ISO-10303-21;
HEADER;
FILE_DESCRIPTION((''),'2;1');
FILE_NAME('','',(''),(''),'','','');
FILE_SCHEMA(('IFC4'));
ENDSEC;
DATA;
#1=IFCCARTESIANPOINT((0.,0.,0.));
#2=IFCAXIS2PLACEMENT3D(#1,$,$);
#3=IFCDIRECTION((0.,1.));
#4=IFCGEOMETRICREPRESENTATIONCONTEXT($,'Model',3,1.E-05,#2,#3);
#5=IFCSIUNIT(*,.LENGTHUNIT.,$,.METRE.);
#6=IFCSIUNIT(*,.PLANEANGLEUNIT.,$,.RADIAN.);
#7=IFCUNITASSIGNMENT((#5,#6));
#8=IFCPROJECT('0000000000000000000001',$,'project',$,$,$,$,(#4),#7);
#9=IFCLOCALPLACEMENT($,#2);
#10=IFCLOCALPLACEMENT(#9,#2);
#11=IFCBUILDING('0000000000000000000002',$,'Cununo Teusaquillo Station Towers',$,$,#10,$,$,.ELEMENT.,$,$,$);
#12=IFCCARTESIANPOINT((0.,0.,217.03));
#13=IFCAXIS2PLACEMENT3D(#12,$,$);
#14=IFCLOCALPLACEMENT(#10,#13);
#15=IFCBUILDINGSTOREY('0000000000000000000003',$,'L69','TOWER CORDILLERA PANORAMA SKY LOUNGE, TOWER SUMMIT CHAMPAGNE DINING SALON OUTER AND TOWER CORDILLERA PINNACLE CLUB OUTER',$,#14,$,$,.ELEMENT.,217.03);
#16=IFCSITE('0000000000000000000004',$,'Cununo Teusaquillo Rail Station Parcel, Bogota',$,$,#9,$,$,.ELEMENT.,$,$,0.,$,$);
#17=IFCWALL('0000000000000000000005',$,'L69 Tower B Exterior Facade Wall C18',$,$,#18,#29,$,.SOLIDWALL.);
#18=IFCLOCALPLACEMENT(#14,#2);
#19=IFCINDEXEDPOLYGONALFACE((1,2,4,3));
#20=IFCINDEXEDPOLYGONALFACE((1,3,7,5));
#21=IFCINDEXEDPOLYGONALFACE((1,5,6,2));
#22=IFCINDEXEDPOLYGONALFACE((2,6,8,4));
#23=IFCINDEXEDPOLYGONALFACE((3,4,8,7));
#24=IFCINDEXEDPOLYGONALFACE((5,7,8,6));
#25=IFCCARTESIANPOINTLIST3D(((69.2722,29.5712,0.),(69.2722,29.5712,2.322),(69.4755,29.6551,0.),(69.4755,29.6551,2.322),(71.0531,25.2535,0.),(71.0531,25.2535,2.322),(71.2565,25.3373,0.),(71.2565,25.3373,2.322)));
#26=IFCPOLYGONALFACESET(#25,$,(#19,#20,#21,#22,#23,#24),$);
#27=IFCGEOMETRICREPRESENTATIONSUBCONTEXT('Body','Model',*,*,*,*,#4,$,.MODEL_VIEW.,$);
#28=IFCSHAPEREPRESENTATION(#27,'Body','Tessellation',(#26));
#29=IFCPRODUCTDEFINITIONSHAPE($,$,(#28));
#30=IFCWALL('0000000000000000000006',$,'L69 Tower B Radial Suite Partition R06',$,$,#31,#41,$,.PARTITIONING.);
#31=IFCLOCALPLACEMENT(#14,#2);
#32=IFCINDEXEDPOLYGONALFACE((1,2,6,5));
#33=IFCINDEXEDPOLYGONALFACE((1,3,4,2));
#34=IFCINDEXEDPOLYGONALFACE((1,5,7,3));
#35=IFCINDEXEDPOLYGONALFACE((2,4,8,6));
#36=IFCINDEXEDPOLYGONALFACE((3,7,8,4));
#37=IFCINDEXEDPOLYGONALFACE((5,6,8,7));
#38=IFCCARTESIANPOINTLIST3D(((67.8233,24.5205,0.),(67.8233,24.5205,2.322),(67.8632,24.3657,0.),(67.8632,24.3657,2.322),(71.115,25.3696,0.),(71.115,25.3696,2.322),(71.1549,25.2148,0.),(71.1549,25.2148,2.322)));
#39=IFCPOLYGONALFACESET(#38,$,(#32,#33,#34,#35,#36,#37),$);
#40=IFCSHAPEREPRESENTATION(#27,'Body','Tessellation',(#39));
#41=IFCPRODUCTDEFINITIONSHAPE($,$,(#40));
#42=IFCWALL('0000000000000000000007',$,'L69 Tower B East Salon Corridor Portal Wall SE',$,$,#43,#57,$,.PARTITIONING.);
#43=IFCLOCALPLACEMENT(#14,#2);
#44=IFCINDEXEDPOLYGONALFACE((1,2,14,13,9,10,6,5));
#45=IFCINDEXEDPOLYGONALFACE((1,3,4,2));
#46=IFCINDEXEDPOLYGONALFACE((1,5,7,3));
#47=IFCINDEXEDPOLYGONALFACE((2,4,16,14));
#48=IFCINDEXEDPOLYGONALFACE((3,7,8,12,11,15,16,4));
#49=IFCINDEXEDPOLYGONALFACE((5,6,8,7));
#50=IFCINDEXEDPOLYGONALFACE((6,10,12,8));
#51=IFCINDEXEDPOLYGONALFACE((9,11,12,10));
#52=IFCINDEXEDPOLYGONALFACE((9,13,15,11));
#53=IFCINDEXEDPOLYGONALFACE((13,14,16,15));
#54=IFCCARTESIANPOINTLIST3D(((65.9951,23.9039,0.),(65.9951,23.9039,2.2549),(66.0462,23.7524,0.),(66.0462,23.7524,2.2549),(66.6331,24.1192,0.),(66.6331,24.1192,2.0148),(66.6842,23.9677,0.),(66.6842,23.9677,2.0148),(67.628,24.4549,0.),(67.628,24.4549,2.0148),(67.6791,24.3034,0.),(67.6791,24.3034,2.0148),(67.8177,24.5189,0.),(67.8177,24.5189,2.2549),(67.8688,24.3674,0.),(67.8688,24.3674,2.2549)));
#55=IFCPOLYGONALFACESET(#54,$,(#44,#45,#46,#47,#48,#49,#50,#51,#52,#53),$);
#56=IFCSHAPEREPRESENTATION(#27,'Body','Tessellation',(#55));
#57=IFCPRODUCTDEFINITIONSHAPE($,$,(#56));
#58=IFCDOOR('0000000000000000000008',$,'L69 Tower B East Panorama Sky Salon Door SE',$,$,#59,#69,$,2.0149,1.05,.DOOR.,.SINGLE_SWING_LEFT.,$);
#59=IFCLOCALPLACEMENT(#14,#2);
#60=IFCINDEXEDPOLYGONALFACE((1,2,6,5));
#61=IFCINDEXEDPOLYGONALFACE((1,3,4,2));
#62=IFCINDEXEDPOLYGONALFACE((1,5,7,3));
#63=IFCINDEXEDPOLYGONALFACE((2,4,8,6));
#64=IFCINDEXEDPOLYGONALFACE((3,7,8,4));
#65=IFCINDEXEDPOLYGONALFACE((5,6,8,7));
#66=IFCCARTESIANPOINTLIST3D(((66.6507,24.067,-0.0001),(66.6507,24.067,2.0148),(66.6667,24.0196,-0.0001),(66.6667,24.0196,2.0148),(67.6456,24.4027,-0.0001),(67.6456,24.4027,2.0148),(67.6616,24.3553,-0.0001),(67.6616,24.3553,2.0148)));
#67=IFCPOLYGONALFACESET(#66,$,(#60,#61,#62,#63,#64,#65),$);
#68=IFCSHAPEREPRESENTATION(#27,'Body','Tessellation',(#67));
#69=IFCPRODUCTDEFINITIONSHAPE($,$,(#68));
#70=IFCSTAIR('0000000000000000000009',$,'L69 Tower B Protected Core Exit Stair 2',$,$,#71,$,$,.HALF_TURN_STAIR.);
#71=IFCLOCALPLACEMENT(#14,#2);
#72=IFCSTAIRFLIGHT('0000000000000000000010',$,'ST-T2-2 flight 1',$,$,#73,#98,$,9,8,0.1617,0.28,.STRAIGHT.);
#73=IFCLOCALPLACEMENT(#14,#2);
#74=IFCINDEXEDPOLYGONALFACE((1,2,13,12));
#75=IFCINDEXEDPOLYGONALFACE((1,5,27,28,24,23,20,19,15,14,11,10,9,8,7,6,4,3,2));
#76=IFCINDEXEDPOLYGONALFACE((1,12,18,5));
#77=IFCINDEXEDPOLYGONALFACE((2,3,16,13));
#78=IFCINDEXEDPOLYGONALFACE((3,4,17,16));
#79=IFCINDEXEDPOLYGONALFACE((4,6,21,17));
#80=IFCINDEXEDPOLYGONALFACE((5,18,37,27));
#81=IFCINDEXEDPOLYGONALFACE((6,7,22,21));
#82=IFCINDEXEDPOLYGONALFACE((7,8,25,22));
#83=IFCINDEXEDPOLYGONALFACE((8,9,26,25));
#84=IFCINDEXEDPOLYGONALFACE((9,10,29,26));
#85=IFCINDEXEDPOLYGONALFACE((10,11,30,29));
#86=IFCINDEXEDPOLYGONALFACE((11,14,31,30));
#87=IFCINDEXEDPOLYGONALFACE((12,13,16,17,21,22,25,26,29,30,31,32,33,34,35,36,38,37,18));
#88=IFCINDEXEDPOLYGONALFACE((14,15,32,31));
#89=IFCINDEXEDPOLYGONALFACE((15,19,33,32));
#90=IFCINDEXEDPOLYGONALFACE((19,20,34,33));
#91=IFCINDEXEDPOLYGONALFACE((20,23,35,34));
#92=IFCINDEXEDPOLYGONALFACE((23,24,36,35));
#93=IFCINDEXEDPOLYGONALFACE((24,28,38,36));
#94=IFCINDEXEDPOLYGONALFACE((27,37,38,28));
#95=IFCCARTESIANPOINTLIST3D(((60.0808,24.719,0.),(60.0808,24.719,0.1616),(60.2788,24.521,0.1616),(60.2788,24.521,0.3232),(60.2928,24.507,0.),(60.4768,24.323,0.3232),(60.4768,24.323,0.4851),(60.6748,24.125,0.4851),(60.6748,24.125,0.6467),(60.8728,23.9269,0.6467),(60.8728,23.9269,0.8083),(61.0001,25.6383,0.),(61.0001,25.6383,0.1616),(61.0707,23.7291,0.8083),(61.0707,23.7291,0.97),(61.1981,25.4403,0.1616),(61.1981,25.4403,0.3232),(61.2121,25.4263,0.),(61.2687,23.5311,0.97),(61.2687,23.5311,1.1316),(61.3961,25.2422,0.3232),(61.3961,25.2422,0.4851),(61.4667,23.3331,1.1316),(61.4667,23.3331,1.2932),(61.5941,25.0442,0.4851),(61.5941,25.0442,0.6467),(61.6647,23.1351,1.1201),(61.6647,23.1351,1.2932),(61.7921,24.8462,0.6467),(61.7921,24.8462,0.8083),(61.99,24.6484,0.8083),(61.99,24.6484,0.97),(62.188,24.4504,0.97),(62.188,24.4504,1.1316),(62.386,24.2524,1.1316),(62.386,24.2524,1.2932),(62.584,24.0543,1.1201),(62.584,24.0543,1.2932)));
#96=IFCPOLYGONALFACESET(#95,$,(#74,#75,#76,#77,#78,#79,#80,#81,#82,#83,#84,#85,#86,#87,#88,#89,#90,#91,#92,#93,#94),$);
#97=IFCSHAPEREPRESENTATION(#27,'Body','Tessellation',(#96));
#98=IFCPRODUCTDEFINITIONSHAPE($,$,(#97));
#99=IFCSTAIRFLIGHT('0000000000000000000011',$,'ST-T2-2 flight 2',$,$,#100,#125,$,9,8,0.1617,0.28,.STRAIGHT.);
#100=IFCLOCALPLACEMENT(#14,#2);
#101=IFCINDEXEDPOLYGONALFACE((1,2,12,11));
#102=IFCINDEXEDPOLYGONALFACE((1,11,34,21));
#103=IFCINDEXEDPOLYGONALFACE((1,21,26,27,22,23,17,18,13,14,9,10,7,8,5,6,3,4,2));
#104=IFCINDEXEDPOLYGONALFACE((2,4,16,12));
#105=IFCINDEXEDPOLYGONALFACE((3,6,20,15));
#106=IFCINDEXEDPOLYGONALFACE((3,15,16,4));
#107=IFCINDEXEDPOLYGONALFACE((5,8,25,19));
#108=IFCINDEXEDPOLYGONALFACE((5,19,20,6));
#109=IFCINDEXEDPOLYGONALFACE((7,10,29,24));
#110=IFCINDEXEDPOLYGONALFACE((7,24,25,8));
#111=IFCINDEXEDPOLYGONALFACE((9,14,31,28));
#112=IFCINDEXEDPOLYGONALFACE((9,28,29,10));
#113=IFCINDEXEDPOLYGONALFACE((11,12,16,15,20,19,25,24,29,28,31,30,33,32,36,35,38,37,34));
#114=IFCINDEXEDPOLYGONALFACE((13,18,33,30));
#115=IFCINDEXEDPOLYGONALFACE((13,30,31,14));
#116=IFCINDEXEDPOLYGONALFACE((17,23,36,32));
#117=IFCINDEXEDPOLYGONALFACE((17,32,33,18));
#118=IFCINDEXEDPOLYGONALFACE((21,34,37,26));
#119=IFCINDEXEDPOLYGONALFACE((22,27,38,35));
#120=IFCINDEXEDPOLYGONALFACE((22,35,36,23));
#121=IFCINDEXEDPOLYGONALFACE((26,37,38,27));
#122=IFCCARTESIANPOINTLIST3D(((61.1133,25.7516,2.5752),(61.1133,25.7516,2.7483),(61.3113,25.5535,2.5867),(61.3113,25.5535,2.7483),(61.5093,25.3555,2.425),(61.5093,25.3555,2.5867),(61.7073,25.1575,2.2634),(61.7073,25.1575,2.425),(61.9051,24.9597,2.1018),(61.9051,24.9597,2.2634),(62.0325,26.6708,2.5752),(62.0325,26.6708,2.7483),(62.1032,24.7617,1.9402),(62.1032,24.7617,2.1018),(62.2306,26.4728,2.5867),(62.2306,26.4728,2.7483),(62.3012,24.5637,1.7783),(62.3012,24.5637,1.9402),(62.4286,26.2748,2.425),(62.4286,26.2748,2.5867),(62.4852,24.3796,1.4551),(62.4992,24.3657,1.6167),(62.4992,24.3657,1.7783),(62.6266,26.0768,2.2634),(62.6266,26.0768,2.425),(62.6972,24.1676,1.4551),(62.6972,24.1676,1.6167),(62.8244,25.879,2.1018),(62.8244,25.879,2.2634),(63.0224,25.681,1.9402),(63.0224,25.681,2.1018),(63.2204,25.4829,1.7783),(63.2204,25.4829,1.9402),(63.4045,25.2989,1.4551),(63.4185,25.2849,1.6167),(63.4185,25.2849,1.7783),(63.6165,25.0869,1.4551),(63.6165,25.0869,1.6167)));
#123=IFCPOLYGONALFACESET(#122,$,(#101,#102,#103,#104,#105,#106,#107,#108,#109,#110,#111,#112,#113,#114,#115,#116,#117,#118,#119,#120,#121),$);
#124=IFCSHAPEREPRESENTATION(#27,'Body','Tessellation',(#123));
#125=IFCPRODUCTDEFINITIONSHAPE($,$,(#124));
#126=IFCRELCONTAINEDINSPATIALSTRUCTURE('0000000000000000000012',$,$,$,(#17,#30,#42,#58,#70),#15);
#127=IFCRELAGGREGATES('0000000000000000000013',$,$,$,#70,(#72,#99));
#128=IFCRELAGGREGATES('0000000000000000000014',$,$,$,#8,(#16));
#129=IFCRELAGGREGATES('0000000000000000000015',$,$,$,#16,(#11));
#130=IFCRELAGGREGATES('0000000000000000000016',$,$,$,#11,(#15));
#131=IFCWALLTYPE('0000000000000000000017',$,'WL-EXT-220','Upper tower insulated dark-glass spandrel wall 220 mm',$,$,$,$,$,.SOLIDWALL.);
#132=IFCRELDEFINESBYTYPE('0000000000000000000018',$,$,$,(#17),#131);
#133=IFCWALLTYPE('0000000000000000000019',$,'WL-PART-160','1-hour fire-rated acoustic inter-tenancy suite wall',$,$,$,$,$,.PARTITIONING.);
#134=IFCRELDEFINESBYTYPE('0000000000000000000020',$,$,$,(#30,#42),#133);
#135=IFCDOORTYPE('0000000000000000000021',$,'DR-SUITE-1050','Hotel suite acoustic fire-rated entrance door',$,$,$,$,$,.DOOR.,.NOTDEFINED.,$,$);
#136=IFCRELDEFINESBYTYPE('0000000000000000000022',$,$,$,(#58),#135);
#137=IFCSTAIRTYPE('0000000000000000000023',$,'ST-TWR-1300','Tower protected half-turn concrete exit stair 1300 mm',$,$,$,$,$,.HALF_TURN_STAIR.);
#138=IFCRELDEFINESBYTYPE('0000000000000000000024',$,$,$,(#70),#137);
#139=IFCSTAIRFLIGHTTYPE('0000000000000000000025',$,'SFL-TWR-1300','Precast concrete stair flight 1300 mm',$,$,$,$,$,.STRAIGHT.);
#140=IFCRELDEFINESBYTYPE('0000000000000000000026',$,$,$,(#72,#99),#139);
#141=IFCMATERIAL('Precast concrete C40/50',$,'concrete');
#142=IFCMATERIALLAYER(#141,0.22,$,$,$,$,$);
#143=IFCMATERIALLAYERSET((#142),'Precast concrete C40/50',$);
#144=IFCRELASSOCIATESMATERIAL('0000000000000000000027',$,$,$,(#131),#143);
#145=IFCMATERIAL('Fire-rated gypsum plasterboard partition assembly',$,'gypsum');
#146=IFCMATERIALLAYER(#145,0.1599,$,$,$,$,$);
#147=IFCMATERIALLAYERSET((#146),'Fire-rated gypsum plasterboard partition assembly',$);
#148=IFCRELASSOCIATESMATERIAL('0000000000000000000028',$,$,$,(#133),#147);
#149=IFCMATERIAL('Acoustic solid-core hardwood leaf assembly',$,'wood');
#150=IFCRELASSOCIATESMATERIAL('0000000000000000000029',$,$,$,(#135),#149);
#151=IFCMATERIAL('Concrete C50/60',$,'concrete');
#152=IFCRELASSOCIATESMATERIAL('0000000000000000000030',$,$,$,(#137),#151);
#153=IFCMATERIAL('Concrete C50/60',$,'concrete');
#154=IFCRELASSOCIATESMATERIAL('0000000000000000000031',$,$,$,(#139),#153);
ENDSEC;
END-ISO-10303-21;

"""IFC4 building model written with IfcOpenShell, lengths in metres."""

from ifc_helpers import new_model, si_unit, direction, frame, frame_2d, origin, place, context, subcontext, project, spatial, polyline, rectangle, outline, extrude, source, transform, mapped, material, layer, layer_set, type_object, element, fill, aggregate, save


model = new_model("IFC4")

# Units and contexts
model_context = context("Model", 3, precision=1e-05, world=origin(), true_north=direction((0.0, 1.0)))
body_context = subcontext(model_context, "Body", "Model", "MODEL_VIEW")
ifc_project = project(units=[si_unit("LENGTHUNIT", "METRE"), si_unit("PLANEANGLEUNIT", "RADIAN")], contexts=[model_context])

# Site, building, storey
site_placement = place(None, origin())
site = spatial("IfcSite", under=ifc_project, at=site_placement, Name="Cununo Teusaquillo Rail Station Parcel, Bogota", CompositionType="ELEMENT", RefElevation=0.0)
building_placement = place(site_placement, origin())
building = spatial("IfcBuilding", under=site, at=building_placement, Name="Cununo Teusaquillo Station Towers", CompositionType="ELEMENT")
storey_placement = place(building_placement, frame((0.0, 0.0, 217.03)))
storey = spatial("IfcBuildingStorey", under=building, at=storey_placement, Name="L69", Description="TOWER CORDILLERA PANORAMA SKY LOUNGE, TOWER SUMMIT CHAMPAGNE DINING SALON OUTER AND TOWER CORDILLERA PINNACLE CLUB OUTER", CompositionType="ELEMENT", Elevation=217.03)

# Shared definitions
ifc_material_1 = material(Name="Precast concrete C40/50", Category="concrete")
ifc_layer_1 = layer(ifc_material_1, 0.22)
ifc_layer_set_1 = layer_set([ifc_layer_1], Name="Precast concrete C40/50")
wall_type_1 = type_object("IfcWallType", Name="WL-EXT-220", Description="Upper tower insulated dark-glass spandrel wall 220 mm", PredefinedType="SOLIDWALL", material=ifc_layer_set_1)

# Walls
wall_1_placement = place(storey_placement, frame((69.3738, 29.6133, 0.0), z_axis=(0.0, 0.0, 1.0), x_axis=(0.38131, -0.924447, 0.0)))
element("IfcWall", 1, at=wall_1_placement, inside=storey, type_object=wall_type_1, Name="L69 Tower B Exterior Facade Wall C18", PredefinedType="SOLIDWALL", context=body_context, shape_type="SweptSolid", body=[
    extrude(rectangle(XDim=4.6707, YDim=0.22, at=frame_2d((2.3354, 0.0))), origin(), (0.0, 0.0, 1.0), 2.322),
])
ifc_material_2 = material(Name="Fire-rated gypsum plasterboard partition assembly", Category="gypsum")
ifc_layer_2 = layer(ifc_material_2, 0.1599)
ifc_layer_set_2 = layer_set([ifc_layer_2], Name="Fire-rated gypsum plasterboard partition assembly")
wall_type_2 = type_object("IfcWallType", Name="WL-PART-160", Description="1-hour fire-rated acoustic inter-tenancy suite wall", PredefinedType="PARTITIONING", material=ifc_layer_set_2)
wall_2_placement = place(storey_placement, frame((67.8433, 24.4431, 0.0), z_axis=(0.0, 0.0, 1.0), x_axis=(0.968303, 0.249778, 0.0)))
element("IfcWall", 2, at=wall_2_placement, inside=storey, type_object=wall_type_2, Name="L69 Tower B Radial Suite Partition R06", PredefinedType="PARTITIONING", context=body_context, shape_type="SweptSolid", body=[
    extrude(rectangle(XDim=3.3994, YDim=0.1599, at=frame_2d((1.6997, 0.0))), origin(), (0.0, 0.0, 1.0), 2.322),
])

# Wall, opening, door
wall_3_placement = place(storey_placement, frame((66.0205, 23.8281, 0.0), z_axis=(0.0, 0.0, 1.0), x_axis=(0.947522, 0.31969, 0.0)))
wall_3 = element("IfcWall", 3, at=wall_3_placement, inside=storey, type_object=wall_type_2, Name="L69 Tower B East Salon Corridor Portal Wall SE", PredefinedType="PARTITIONING", context=body_context, shape_type="SweptSolid", body=[
    extrude(rectangle(XDim=1.9236, YDim=0.1599, at=frame_2d((0.9619, 0.0))), origin(), (0.0, 0.0, 1.0), 2.2549),
])
shared_shape_1 = source(origin(), body_context, "Body", "SweptSolid", [
    extrude(rectangle(XDim=1.05, YDim=2.0149, at=frame_2d((0.5249, 1.0073))), frame((0.0, 0.0898, 0.0), z_axis=(0.0, -1.0, 0.0), x_axis=(1.0, 0.0, 0.0)), (0.0, 0.0, 1.0), 0.1799),
])
opening_1_placement = place(wall_3_placement, frame((0.6736, 0.0, 0.0)))
opening_1 = element("IfcOpeningElement", 4, at=opening_1_placement, cuts=wall_3, PredefinedType="OPENING", context=body_context, shape_type="MappedRepresentation", body=[
    mapped(shared_shape_1, transform((0.0, 0.0, 0.0), x_axis=(1.0, 0.0, 0.0), y_axis=(0.0, 1.0, 0.0), z_axis=(0.0, 0.0, 1.0), scale=1.0)),
])
ifc_material_3 = material(Name="Acoustic solid-core hardwood leaf assembly", Category="wood")
door_type = type_object("IfcDoorType", Name="DR-SUITE-1050", Description="Hotel suite acoustic fire-rated entrance door", OperationType="NOTDEFINED", PredefinedType="DOOR", material=ifc_material_3)
shared_shape_2 = source(origin(), body_context, "Body", "SweptSolid", [
    extrude(rectangle(XDim=1.05, YDim=2.0149, at=frame_2d((0.5249, 1.0073))), frame((0.0, 0.0249, 0.0), z_axis=(0.0, -1.0, 0.0), x_axis=(1.0, 0.0, 0.0)), (0.0, 0.0, 1.0), 0.05),
])
door_placement = place(opening_1_placement, origin())
door = element("IfcDoor", 5, at=door_placement, inside=storey, type_object=door_type, Name="L69 Tower B East Panorama Sky Salon Door SE", OperationType="SINGLE_SWING_LEFT", OverallHeight=2.0149, OverallWidth=1.05, PredefinedType="DOOR", context=body_context, shape_type="MappedRepresentation", body=[
    mapped(shared_shape_2, transform((0.0, 0.0, 0.0), x_axis=(1.0, 0.0, 0.0), y_axis=(0.0, 1.0, 0.0), z_axis=(0.0, 0.0, 1.0), scale=1.0)),
])
fill(opening_1, door)

# Stair, stair flights
ifc_material_4 = material(Name="Concrete C50/60", Category="concrete")
stair_type = type_object("IfcStairType", Name="ST-TWR-1300", Description="Tower protected half-turn concrete exit stair 1300 mm", PredefinedType="HALF_TURN_STAIR", material=ifc_material_4)
stair_placement = place(storey_placement, origin())
stair = element("IfcStair", 6, at=stair_placement, inside=storey, type_object=stair_type, Name="L69 Tower B Protected Core Exit Stair 2", PredefinedType="HALF_TURN_STAIR")
ifc_material_5 = material(Name="Concrete C50/60", Category="concrete")
stair_flight_type = type_object("IfcStairFlightType", Name="SFL-TWR-1300", Description="Precast concrete stair flight 1300 mm", PredefinedType="STRAIGHT", material=ifc_material_5)
stair_flight_1_placement = place(storey_placement, frame((60.5405, 25.1787, 0.0), z_axis=(0.0, 0.0, 1.0), x_axis=(0.707107, -0.707107, 0.0)))
stair_flight_1 = element("IfcStairFlight", 7, at=stair_flight_1_placement, type_object=stair_flight_type, Name="ST-T2-2 flight 1", NumberOfRisers=9, NumberOfTreads=8, PredefinedType="STRAIGHT", RiserHeight=0.1617, TreadLength=0.28, context=body_context, shape_type="SweptSolid", body=[
    extrude(outline(polyline([(0.0, 0.0), (0.0, 0.1616), (0.28, 0.1616), (0.28, 0.3232), (0.5601, 0.3232), (0.5601, 0.4851), (0.8401, 0.4851), (0.8401, 0.6467), (1.1201, 0.6467), (1.1201, 0.8083), (1.3999, 0.8083), (1.3999, 0.97), (1.6799, 0.97), (1.6799, 1.1316), (1.96, 1.1316), (1.96, 1.2932), (2.24, 1.2932), (2.24, 1.4551), (2.24, 1.1201), (0.2998, 0.0), (0.0, 0.0)])), frame((0.0, 0.6499, 0.0), z_axis=(0.0, -1.0, 0.0), x_axis=(1.0, 0.0, 0.0)), (0.0, 0.0, 1.0), 1.3),
])
stair_flight_2_placement = place(storey_placement, frame((63.1567, 24.6272, 1.4551), z_axis=(0.0, 0.0, 1.0), x_axis=(-0.707107, 0.707107, 0.0)))
stair_flight_2 = element("IfcStairFlight", 8, at=stair_flight_2_placement, type_object=stair_flight_type, Name="ST-T2-2 flight 2", NumberOfRisers=9, NumberOfTreads=8, PredefinedType="STRAIGHT", RiserHeight=0.1617, TreadLength=0.28, context=body_context, shape_type="SweptSolid", body=[
    extrude(outline(polyline([(0.0, 0.0), (0.0, 0.1616), (0.28, 0.1616), (0.28, 0.3232), (0.5601, 0.3232), (0.5601, 0.4851), (0.8401, 0.4851), (0.8401, 0.6467), (1.1201, 0.6467), (1.1201, 0.8083), (1.3999, 0.8083), (1.3999, 0.97), (1.6799, 0.97), (1.6799, 1.1316), (1.96, 1.1316), (1.96, 1.2932), (2.24, 1.2932), (2.24, 1.4551), (2.24, 1.1201), (0.2998, 0.0), (0.0, 0.0)])), frame((0.0, 0.6499, 0.0), z_axis=(0.0, -1.0, 0.0), x_axis=(1.0, 0.0, 0.0)), (0.0, 0.0, 1.0), 1.3),
])
aggregate(stair, [stair_flight_1, stair_flight_2])

save(model, "model.ifc")
